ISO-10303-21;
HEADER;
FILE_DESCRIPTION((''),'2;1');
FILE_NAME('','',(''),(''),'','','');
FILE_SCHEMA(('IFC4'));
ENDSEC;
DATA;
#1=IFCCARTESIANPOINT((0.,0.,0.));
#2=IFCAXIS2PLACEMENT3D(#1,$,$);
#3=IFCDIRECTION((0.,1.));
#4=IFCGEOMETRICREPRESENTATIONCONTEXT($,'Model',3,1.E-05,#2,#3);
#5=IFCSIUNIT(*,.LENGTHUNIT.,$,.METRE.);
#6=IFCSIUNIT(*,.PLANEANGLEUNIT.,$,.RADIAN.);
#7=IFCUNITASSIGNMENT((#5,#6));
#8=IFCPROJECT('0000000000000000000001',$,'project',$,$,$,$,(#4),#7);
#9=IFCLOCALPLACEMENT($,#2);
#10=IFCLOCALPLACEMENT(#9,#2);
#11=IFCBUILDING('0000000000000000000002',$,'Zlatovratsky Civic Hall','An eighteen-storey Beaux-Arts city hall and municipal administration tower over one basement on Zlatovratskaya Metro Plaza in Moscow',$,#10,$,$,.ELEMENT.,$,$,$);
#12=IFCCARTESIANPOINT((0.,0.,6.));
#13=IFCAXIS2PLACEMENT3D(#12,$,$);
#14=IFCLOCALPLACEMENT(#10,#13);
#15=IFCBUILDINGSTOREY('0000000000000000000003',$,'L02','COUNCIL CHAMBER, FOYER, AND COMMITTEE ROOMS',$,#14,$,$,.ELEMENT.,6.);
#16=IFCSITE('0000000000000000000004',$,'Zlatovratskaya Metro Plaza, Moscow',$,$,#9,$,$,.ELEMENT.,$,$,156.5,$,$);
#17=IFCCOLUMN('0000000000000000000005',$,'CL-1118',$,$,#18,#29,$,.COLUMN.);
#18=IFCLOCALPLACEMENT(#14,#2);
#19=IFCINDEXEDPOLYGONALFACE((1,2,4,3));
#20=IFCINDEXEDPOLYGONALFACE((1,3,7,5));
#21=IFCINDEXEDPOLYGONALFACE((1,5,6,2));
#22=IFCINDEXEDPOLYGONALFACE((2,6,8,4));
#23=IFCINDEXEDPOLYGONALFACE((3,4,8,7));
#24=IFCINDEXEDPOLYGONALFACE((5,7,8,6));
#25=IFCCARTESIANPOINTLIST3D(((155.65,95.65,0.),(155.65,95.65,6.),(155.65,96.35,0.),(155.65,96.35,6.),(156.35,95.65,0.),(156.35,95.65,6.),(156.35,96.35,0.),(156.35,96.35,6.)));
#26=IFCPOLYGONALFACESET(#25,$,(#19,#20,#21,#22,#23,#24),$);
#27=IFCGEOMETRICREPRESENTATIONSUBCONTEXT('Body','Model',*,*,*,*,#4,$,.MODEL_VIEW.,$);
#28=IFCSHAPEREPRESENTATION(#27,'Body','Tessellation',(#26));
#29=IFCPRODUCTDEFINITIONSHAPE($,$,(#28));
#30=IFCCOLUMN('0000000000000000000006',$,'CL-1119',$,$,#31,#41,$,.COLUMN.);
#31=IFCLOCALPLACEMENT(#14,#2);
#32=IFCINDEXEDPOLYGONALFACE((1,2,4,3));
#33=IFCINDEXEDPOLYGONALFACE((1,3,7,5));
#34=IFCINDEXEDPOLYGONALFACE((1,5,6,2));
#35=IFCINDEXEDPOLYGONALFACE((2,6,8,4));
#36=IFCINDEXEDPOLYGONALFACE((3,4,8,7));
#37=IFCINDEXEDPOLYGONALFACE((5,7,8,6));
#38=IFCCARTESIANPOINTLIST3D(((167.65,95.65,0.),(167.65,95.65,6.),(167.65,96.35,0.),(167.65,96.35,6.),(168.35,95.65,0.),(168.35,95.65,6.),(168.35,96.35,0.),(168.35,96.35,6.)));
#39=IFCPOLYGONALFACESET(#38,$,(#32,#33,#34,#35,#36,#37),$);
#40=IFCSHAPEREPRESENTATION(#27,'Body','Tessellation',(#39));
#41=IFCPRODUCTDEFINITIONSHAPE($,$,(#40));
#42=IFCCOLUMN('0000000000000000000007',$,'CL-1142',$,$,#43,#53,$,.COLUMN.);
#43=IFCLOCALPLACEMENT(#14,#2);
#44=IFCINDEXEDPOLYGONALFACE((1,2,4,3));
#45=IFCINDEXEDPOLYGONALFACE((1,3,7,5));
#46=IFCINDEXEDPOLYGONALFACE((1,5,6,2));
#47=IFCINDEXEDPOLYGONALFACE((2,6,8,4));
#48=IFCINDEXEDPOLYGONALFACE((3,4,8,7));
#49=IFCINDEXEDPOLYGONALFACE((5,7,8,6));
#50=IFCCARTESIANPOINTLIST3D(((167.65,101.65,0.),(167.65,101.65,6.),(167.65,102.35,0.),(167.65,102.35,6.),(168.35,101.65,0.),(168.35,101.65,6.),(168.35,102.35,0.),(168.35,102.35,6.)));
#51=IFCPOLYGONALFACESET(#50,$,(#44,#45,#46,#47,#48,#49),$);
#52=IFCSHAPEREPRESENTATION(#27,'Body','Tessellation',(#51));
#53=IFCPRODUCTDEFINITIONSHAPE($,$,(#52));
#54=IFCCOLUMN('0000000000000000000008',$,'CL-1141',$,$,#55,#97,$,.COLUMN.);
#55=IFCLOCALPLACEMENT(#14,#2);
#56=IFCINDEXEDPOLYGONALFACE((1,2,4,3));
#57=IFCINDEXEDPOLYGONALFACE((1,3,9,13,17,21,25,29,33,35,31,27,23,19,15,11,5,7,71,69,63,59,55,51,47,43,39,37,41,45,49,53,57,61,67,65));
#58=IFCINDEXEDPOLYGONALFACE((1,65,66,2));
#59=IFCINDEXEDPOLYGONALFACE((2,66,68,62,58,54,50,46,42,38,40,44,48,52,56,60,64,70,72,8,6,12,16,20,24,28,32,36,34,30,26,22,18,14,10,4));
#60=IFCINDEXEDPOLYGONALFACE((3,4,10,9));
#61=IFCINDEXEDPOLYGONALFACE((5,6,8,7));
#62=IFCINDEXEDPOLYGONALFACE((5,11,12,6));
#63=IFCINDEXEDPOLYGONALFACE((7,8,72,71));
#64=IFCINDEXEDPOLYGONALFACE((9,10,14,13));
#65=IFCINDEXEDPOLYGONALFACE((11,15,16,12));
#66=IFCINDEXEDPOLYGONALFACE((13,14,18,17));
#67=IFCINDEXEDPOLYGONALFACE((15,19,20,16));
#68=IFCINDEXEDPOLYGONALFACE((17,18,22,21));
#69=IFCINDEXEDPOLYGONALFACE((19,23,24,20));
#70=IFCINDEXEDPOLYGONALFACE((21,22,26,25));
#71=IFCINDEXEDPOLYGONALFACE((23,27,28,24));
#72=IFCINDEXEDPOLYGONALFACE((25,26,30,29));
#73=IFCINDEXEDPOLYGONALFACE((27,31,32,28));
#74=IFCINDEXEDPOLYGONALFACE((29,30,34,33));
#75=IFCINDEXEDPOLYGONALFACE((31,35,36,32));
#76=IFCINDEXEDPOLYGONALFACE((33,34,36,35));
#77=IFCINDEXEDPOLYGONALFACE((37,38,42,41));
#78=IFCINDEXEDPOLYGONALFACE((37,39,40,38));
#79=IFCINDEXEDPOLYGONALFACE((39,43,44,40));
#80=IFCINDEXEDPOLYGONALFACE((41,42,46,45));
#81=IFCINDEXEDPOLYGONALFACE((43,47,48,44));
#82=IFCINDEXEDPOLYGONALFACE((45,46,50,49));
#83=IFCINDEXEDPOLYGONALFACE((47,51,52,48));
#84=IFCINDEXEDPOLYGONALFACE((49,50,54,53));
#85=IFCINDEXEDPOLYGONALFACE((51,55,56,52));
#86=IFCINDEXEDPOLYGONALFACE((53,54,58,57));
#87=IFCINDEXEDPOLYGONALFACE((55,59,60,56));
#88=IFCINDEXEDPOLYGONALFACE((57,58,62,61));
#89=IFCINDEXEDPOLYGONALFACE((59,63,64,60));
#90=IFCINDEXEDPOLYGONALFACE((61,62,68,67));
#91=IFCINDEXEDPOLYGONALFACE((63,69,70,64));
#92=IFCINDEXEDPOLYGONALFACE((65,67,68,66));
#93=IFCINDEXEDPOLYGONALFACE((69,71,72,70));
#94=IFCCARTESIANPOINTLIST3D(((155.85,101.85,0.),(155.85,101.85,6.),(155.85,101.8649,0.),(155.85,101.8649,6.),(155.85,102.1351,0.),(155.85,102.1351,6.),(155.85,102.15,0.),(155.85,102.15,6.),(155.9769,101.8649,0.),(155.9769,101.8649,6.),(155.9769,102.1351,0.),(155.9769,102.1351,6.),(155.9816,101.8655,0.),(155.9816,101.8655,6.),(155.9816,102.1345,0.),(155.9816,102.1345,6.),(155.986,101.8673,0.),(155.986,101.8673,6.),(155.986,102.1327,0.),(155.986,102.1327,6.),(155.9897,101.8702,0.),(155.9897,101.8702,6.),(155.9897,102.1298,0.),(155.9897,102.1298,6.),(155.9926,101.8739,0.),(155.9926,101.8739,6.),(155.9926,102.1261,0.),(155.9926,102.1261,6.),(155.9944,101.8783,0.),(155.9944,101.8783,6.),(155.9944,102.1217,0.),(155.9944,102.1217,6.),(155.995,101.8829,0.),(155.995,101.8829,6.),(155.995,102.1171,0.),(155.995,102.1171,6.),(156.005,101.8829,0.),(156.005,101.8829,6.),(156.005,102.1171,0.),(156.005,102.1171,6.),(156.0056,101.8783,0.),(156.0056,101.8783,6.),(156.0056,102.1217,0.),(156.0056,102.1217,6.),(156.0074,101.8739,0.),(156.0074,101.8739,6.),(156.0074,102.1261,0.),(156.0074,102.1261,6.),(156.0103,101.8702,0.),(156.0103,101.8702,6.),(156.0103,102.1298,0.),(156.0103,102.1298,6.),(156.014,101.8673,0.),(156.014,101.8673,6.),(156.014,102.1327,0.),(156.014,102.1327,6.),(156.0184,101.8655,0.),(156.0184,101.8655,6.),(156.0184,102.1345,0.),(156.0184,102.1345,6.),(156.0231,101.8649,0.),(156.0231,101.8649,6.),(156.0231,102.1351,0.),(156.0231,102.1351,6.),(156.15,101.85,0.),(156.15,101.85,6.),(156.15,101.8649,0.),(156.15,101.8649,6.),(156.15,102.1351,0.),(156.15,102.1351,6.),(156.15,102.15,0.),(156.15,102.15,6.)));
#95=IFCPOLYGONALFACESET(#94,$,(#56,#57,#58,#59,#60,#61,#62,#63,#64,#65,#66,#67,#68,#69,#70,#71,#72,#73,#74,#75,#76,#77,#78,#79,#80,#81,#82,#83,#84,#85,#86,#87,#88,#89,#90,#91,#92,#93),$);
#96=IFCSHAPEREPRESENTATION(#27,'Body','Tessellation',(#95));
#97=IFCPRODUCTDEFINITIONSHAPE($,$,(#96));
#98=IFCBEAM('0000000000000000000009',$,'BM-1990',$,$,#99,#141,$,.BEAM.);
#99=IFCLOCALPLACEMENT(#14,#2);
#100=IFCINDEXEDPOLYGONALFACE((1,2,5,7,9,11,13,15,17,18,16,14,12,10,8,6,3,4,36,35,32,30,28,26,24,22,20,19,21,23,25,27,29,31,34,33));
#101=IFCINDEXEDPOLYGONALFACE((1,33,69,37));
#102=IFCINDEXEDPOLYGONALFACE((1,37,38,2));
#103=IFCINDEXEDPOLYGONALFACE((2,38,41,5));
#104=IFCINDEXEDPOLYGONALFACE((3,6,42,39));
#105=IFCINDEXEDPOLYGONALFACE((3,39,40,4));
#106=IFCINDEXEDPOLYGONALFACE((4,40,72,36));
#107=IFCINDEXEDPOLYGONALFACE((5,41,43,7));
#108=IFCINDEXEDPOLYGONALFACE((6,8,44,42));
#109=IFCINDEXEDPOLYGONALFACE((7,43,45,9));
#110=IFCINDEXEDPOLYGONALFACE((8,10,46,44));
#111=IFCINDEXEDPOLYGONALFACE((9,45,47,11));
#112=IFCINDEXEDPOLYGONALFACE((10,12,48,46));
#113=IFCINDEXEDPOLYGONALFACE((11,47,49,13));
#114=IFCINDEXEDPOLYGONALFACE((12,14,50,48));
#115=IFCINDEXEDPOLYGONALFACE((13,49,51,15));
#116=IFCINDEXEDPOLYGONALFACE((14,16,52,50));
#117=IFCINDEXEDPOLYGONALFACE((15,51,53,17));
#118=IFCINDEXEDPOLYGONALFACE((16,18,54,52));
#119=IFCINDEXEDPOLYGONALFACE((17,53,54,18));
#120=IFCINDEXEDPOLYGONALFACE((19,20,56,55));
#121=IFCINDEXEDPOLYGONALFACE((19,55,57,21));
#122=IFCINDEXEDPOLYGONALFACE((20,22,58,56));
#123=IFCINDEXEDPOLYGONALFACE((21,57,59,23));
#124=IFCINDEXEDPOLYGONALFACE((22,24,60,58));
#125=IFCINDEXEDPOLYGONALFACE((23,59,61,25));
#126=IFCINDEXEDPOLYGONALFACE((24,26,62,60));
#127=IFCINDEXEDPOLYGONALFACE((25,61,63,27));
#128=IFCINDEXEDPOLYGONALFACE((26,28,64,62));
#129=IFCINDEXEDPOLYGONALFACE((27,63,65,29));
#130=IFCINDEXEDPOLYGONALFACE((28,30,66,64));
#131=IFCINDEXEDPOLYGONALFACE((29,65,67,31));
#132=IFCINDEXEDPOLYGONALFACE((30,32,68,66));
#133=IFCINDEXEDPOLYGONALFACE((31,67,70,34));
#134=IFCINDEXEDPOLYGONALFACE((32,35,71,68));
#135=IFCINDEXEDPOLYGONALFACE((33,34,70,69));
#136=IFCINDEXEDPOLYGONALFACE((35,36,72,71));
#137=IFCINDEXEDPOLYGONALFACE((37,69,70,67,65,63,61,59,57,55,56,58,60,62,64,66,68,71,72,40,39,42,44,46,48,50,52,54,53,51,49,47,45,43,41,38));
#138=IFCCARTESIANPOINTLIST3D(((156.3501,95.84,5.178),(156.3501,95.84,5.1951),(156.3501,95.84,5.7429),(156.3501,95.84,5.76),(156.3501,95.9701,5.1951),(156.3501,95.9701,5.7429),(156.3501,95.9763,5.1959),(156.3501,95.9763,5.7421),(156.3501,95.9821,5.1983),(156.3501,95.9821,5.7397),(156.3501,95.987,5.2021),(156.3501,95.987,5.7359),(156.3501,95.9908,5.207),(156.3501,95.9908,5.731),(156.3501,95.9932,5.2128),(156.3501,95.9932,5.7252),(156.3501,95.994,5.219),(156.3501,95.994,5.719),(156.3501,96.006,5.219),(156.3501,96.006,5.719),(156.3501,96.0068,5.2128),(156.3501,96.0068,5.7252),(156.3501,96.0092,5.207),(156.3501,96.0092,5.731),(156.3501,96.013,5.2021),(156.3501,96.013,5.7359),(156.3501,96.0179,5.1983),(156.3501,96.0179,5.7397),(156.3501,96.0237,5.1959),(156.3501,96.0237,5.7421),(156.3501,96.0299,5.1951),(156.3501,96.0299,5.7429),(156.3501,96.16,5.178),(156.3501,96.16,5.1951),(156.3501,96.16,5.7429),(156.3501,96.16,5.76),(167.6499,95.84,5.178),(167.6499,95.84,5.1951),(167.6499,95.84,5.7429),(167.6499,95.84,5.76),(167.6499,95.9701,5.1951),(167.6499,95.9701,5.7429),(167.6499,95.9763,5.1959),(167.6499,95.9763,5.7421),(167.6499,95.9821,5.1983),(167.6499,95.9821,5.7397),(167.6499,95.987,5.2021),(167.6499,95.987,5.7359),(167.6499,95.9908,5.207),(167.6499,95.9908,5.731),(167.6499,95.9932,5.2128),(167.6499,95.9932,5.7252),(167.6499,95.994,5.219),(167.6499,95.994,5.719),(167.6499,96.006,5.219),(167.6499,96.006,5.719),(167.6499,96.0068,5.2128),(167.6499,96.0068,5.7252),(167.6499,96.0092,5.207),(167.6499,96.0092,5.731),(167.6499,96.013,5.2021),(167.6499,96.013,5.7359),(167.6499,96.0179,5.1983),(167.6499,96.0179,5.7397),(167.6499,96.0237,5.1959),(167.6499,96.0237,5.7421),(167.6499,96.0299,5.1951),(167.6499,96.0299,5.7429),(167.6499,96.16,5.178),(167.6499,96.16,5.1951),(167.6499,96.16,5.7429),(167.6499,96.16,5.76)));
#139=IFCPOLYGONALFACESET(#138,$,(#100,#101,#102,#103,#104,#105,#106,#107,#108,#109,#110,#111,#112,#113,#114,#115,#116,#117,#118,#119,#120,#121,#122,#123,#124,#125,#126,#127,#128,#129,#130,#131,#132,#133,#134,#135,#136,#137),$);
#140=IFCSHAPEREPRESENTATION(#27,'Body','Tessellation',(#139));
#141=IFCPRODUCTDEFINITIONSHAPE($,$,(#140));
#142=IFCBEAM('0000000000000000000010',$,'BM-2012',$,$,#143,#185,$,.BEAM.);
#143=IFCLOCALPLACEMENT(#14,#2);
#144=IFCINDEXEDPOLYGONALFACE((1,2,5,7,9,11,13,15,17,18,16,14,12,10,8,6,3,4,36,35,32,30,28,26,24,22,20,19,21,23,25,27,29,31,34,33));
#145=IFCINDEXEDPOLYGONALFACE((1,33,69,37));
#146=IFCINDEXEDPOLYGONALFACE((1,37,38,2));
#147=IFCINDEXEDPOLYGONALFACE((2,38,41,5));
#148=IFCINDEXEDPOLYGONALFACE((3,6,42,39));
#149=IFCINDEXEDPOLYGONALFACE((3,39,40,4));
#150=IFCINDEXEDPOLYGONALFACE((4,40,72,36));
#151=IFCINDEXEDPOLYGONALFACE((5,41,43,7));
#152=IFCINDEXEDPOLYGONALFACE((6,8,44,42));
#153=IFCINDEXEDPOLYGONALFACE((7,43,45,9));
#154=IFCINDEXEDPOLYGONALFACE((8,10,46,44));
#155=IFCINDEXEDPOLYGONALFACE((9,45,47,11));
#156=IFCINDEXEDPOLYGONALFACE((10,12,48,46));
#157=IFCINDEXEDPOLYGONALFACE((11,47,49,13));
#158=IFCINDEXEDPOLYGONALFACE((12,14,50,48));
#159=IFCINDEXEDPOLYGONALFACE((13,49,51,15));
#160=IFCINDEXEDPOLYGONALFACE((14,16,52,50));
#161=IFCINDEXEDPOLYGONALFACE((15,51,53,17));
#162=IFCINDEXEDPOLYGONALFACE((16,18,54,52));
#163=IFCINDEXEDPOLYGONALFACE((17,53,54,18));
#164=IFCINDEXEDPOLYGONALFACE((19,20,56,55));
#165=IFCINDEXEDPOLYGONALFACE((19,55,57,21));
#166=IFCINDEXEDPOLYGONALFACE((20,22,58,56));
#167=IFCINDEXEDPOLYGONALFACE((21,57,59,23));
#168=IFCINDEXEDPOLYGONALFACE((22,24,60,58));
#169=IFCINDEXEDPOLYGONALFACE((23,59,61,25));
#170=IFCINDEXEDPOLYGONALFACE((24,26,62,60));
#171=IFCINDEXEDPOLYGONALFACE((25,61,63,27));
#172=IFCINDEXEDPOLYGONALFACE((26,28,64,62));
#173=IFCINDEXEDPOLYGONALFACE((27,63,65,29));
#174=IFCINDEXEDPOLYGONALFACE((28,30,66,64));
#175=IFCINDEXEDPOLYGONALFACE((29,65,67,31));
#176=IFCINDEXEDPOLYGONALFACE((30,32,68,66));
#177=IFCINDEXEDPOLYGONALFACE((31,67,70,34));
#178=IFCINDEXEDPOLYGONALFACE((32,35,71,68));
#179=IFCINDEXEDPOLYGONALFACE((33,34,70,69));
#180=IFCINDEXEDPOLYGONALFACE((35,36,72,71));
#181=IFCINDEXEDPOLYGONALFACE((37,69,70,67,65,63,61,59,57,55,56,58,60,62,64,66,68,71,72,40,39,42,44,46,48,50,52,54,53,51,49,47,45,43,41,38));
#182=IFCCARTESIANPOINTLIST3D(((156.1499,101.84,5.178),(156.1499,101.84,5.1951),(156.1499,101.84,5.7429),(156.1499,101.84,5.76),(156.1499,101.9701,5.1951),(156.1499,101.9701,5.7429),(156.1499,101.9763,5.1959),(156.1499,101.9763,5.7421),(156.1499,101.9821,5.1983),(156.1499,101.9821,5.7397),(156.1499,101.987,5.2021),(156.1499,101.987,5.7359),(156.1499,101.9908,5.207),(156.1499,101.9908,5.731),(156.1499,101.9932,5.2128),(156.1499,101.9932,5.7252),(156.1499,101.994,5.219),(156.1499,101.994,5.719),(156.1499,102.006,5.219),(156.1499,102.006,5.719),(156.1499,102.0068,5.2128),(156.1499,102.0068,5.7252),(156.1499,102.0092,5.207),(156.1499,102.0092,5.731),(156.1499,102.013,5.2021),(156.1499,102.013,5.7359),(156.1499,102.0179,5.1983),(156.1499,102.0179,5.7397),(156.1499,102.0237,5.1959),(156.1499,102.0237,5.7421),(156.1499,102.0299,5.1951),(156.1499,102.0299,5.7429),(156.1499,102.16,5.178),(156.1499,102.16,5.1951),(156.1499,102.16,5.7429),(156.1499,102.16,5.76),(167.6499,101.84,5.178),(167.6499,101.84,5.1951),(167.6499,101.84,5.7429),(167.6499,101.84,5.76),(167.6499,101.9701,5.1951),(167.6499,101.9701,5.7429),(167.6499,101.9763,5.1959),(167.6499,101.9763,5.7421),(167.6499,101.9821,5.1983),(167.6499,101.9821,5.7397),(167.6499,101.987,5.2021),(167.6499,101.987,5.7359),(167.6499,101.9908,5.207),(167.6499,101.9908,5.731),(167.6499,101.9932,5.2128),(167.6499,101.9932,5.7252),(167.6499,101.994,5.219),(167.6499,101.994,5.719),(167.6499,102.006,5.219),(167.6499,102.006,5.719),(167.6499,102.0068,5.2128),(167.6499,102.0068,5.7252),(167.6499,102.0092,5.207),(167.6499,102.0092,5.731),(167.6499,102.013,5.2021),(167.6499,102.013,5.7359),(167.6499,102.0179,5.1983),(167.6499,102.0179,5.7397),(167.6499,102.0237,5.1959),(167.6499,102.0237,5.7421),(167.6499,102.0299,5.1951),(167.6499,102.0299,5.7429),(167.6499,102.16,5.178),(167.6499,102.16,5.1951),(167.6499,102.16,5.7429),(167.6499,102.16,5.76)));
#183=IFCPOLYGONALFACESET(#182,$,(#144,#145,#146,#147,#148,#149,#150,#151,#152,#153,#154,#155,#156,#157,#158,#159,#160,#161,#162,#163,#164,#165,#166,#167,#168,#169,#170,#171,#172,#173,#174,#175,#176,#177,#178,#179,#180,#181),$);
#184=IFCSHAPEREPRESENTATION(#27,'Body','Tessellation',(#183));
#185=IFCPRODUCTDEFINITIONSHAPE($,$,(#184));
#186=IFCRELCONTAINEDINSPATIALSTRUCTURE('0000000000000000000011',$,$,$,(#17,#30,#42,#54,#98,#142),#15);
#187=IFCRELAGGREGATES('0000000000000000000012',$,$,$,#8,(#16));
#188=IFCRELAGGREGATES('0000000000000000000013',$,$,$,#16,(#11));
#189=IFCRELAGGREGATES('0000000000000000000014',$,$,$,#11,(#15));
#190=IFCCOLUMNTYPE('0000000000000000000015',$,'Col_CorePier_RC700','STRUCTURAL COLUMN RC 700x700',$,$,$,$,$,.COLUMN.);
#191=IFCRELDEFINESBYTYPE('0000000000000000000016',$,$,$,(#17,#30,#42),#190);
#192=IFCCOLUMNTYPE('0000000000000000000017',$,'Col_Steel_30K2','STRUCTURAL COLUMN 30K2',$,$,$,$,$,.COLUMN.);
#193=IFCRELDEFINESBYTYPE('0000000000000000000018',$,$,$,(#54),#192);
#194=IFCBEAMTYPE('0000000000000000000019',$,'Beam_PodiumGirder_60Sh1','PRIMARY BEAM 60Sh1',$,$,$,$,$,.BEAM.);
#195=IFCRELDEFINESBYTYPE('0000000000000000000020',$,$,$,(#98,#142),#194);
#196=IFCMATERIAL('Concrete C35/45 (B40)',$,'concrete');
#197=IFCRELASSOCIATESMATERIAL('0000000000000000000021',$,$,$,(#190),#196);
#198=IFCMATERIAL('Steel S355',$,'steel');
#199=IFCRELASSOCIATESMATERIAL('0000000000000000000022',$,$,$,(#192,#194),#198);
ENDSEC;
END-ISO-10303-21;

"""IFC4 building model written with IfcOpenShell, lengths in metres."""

from ifc_helpers import new_model, si_unit, direction, frame, origin, origin_2d, place, context, subcontext, project, spatial, rectangle, i_section, extrude, material, material_profile, profile_set, type_object, element, save


model = new_model("IFC4")

# Units and contexts
model_context = context("Model", 3, precision=1e-05, world=origin(), true_north=direction((0.0, 1.0)))
body_context = subcontext(model_context, "Body", "Model", "MODEL_VIEW")
ifc_project = project(units=[si_unit("LENGTHUNIT", "METRE"), si_unit("PLANEANGLEUNIT", "RADIAN")], contexts=[model_context])

# Site, building, storey
site_placement = place(None, origin())
site = spatial("IfcSite", under=ifc_project, at=site_placement, Name="Zlatovratskaya Metro Plaza, Moscow", CompositionType="ELEMENT", RefElevation=156.5)
building_placement = place(site_placement, origin())
building = spatial("IfcBuilding", under=site, at=building_placement, Name="Zlatovratsky Civic Hall", Description="An eighteen-storey Beaux-Arts city hall and municipal administration tower over one basement on Zlatovratskaya Metro Plaza in Moscow", CompositionType="ELEMENT")
storey_placement = place(building_placement, frame((0.0, 0.0, 6.0)))
storey = spatial("IfcBuildingStorey", under=building, at=storey_placement, Name="L02", Description="COUNCIL CHAMBER, FOYER, AND COMMITTEE ROOMS", CompositionType="ELEMENT", Elevation=6.0)

# Columns
ifc_material_1 = material(Name="Concrete C35/45 (B40)", Category="concrete")
ifc_material_profile_1 = material_profile(ifc_material_1, rectangle(XDim=0.7, YDim=0.7, at=origin_2d()), Name="RC 700x700")
ifc_profile_set_1 = profile_set([ifc_material_profile_1], Name="Concrete C35/45 (B40)")
column_type_1 = type_object("IfcColumnType", Name="Col_CorePier_RC700", Description="STRUCTURAL COLUMN RC 700x700", PredefinedType="COLUMN", material=ifc_profile_set_1)
for number, where, z_axis, x_axis, name in (
    (1, (156.0, 96.0, 0.0), (0.0, 0.0, 1.0), (1.0, 0.0, 0.0), "CL-1118"),
    (2, (168.0, 96.0, 0.0), (0.0, 0.0, 1.0), (1.0, 0.0, 0.0), "CL-1119"),
    (3, (168.0, 102.0, 0.0), (0.0, 0.0, 1.0), (1.0, 0.0, 0.0), "CL-1142"),
):
    element("IfcColumn", number, at=place(storey_placement, frame(where, z_axis=z_axis, x_axis=x_axis)), inside=storey, type_object=column_type_1, Name=name, PredefinedType="COLUMN", context=body_context, shape_type="SweptSolid", body=[
        extrude(rectangle(XDim=0.7, YDim=0.7, at=origin_2d()), origin(), (0.0, 0.0, 1.0), 6.0),
    ])
ifc_material_2 = material(Name="Steel S355", Category="steel")
ifc_material_profile_2 = material_profile(ifc_material_2, i_section(OverallWidth=0.3, OverallDepth=0.3, WebThickness=0.01, FlangeThickness=0.0149, FilletRadius=0.0181, at=origin_2d()), Name="30K2")
ifc_profile_set_2 = profile_set([ifc_material_profile_2], Name="Steel S355")
column_type_2 = type_object("IfcColumnType", Name="Col_Steel_30K2", Description="STRUCTURAL COLUMN 30K2", PredefinedType="COLUMN", material=ifc_profile_set_2)
column_placement = place(storey_placement, frame((156.0, 102.0, 0.0), z_axis=(0.0, 0.0, 1.0), x_axis=(1.0, 0.0, 0.0)))
element("IfcColumn", 4, at=column_placement, inside=storey, type_object=column_type_2, Name="CL-1141", PredefinedType="COLUMN", context=body_context, shape_type="SweptSolid", body=[
    extrude(i_section(OverallWidth=0.3, OverallDepth=0.3, WebThickness=0.01, FlangeThickness=0.0149, FilletRadius=0.0181, at=origin_2d()), origin(), (0.0, 0.0, 1.0), 6.0),
])

# Beams
ifc_material_profile_3 = material_profile(ifc_material_2, i_section(OverallWidth=0.3201, OverallDepth=0.582, WebThickness=0.012, FlangeThickness=0.0171, FilletRadius=0.0239, at=origin_2d()), Name="60Sh1")
ifc_profile_set_3 = profile_set([ifc_material_profile_3], Name="Steel S355")
beam_type_1 = type_object("IfcBeamType", Name="Beam_PodiumGirder_60Sh1", Description="PRIMARY BEAM 60Sh1", PredefinedType="BEAM", material=ifc_profile_set_3)
beam_1_placement = place(storey_placement, frame((156.3501, 96.0, 5.469), z_axis=(1.0, 0.0, 0.0), x_axis=(0.0, 1.0, 0.0)))
element("IfcBeam", 5, at=beam_1_placement, inside=storey, type_object=beam_type_1, Name="BM-1990", PredefinedType="BEAM", context=body_context, shape_type="SweptSolid", body=[
    extrude(i_section(OverallWidth=0.3201, OverallDepth=0.582, WebThickness=0.012, FlangeThickness=0.0171, FilletRadius=0.0239, at=origin_2d()), origin(), (0.0, 0.0, 1.0), 11.2998),
])
beam_2_placement = place(storey_placement, frame((156.1499, 102.0, 5.469), z_axis=(1.0, 0.0, 0.0), x_axis=(0.0, 1.0, 0.0)))
element("IfcBeam", 6, at=beam_2_placement, inside=storey, type_object=beam_type_1, Name="BM-2012", PredefinedType="BEAM", context=body_context, shape_type="SweptSolid", body=[
    extrude(i_section(OverallWidth=0.3201, OverallDepth=0.582, WebThickness=0.012, FlangeThickness=0.0171, FilletRadius=0.0239, at=origin_2d()), origin(), (0.0, 0.0, 1.0), 11.5),
])

save(model, "model.ifc")
